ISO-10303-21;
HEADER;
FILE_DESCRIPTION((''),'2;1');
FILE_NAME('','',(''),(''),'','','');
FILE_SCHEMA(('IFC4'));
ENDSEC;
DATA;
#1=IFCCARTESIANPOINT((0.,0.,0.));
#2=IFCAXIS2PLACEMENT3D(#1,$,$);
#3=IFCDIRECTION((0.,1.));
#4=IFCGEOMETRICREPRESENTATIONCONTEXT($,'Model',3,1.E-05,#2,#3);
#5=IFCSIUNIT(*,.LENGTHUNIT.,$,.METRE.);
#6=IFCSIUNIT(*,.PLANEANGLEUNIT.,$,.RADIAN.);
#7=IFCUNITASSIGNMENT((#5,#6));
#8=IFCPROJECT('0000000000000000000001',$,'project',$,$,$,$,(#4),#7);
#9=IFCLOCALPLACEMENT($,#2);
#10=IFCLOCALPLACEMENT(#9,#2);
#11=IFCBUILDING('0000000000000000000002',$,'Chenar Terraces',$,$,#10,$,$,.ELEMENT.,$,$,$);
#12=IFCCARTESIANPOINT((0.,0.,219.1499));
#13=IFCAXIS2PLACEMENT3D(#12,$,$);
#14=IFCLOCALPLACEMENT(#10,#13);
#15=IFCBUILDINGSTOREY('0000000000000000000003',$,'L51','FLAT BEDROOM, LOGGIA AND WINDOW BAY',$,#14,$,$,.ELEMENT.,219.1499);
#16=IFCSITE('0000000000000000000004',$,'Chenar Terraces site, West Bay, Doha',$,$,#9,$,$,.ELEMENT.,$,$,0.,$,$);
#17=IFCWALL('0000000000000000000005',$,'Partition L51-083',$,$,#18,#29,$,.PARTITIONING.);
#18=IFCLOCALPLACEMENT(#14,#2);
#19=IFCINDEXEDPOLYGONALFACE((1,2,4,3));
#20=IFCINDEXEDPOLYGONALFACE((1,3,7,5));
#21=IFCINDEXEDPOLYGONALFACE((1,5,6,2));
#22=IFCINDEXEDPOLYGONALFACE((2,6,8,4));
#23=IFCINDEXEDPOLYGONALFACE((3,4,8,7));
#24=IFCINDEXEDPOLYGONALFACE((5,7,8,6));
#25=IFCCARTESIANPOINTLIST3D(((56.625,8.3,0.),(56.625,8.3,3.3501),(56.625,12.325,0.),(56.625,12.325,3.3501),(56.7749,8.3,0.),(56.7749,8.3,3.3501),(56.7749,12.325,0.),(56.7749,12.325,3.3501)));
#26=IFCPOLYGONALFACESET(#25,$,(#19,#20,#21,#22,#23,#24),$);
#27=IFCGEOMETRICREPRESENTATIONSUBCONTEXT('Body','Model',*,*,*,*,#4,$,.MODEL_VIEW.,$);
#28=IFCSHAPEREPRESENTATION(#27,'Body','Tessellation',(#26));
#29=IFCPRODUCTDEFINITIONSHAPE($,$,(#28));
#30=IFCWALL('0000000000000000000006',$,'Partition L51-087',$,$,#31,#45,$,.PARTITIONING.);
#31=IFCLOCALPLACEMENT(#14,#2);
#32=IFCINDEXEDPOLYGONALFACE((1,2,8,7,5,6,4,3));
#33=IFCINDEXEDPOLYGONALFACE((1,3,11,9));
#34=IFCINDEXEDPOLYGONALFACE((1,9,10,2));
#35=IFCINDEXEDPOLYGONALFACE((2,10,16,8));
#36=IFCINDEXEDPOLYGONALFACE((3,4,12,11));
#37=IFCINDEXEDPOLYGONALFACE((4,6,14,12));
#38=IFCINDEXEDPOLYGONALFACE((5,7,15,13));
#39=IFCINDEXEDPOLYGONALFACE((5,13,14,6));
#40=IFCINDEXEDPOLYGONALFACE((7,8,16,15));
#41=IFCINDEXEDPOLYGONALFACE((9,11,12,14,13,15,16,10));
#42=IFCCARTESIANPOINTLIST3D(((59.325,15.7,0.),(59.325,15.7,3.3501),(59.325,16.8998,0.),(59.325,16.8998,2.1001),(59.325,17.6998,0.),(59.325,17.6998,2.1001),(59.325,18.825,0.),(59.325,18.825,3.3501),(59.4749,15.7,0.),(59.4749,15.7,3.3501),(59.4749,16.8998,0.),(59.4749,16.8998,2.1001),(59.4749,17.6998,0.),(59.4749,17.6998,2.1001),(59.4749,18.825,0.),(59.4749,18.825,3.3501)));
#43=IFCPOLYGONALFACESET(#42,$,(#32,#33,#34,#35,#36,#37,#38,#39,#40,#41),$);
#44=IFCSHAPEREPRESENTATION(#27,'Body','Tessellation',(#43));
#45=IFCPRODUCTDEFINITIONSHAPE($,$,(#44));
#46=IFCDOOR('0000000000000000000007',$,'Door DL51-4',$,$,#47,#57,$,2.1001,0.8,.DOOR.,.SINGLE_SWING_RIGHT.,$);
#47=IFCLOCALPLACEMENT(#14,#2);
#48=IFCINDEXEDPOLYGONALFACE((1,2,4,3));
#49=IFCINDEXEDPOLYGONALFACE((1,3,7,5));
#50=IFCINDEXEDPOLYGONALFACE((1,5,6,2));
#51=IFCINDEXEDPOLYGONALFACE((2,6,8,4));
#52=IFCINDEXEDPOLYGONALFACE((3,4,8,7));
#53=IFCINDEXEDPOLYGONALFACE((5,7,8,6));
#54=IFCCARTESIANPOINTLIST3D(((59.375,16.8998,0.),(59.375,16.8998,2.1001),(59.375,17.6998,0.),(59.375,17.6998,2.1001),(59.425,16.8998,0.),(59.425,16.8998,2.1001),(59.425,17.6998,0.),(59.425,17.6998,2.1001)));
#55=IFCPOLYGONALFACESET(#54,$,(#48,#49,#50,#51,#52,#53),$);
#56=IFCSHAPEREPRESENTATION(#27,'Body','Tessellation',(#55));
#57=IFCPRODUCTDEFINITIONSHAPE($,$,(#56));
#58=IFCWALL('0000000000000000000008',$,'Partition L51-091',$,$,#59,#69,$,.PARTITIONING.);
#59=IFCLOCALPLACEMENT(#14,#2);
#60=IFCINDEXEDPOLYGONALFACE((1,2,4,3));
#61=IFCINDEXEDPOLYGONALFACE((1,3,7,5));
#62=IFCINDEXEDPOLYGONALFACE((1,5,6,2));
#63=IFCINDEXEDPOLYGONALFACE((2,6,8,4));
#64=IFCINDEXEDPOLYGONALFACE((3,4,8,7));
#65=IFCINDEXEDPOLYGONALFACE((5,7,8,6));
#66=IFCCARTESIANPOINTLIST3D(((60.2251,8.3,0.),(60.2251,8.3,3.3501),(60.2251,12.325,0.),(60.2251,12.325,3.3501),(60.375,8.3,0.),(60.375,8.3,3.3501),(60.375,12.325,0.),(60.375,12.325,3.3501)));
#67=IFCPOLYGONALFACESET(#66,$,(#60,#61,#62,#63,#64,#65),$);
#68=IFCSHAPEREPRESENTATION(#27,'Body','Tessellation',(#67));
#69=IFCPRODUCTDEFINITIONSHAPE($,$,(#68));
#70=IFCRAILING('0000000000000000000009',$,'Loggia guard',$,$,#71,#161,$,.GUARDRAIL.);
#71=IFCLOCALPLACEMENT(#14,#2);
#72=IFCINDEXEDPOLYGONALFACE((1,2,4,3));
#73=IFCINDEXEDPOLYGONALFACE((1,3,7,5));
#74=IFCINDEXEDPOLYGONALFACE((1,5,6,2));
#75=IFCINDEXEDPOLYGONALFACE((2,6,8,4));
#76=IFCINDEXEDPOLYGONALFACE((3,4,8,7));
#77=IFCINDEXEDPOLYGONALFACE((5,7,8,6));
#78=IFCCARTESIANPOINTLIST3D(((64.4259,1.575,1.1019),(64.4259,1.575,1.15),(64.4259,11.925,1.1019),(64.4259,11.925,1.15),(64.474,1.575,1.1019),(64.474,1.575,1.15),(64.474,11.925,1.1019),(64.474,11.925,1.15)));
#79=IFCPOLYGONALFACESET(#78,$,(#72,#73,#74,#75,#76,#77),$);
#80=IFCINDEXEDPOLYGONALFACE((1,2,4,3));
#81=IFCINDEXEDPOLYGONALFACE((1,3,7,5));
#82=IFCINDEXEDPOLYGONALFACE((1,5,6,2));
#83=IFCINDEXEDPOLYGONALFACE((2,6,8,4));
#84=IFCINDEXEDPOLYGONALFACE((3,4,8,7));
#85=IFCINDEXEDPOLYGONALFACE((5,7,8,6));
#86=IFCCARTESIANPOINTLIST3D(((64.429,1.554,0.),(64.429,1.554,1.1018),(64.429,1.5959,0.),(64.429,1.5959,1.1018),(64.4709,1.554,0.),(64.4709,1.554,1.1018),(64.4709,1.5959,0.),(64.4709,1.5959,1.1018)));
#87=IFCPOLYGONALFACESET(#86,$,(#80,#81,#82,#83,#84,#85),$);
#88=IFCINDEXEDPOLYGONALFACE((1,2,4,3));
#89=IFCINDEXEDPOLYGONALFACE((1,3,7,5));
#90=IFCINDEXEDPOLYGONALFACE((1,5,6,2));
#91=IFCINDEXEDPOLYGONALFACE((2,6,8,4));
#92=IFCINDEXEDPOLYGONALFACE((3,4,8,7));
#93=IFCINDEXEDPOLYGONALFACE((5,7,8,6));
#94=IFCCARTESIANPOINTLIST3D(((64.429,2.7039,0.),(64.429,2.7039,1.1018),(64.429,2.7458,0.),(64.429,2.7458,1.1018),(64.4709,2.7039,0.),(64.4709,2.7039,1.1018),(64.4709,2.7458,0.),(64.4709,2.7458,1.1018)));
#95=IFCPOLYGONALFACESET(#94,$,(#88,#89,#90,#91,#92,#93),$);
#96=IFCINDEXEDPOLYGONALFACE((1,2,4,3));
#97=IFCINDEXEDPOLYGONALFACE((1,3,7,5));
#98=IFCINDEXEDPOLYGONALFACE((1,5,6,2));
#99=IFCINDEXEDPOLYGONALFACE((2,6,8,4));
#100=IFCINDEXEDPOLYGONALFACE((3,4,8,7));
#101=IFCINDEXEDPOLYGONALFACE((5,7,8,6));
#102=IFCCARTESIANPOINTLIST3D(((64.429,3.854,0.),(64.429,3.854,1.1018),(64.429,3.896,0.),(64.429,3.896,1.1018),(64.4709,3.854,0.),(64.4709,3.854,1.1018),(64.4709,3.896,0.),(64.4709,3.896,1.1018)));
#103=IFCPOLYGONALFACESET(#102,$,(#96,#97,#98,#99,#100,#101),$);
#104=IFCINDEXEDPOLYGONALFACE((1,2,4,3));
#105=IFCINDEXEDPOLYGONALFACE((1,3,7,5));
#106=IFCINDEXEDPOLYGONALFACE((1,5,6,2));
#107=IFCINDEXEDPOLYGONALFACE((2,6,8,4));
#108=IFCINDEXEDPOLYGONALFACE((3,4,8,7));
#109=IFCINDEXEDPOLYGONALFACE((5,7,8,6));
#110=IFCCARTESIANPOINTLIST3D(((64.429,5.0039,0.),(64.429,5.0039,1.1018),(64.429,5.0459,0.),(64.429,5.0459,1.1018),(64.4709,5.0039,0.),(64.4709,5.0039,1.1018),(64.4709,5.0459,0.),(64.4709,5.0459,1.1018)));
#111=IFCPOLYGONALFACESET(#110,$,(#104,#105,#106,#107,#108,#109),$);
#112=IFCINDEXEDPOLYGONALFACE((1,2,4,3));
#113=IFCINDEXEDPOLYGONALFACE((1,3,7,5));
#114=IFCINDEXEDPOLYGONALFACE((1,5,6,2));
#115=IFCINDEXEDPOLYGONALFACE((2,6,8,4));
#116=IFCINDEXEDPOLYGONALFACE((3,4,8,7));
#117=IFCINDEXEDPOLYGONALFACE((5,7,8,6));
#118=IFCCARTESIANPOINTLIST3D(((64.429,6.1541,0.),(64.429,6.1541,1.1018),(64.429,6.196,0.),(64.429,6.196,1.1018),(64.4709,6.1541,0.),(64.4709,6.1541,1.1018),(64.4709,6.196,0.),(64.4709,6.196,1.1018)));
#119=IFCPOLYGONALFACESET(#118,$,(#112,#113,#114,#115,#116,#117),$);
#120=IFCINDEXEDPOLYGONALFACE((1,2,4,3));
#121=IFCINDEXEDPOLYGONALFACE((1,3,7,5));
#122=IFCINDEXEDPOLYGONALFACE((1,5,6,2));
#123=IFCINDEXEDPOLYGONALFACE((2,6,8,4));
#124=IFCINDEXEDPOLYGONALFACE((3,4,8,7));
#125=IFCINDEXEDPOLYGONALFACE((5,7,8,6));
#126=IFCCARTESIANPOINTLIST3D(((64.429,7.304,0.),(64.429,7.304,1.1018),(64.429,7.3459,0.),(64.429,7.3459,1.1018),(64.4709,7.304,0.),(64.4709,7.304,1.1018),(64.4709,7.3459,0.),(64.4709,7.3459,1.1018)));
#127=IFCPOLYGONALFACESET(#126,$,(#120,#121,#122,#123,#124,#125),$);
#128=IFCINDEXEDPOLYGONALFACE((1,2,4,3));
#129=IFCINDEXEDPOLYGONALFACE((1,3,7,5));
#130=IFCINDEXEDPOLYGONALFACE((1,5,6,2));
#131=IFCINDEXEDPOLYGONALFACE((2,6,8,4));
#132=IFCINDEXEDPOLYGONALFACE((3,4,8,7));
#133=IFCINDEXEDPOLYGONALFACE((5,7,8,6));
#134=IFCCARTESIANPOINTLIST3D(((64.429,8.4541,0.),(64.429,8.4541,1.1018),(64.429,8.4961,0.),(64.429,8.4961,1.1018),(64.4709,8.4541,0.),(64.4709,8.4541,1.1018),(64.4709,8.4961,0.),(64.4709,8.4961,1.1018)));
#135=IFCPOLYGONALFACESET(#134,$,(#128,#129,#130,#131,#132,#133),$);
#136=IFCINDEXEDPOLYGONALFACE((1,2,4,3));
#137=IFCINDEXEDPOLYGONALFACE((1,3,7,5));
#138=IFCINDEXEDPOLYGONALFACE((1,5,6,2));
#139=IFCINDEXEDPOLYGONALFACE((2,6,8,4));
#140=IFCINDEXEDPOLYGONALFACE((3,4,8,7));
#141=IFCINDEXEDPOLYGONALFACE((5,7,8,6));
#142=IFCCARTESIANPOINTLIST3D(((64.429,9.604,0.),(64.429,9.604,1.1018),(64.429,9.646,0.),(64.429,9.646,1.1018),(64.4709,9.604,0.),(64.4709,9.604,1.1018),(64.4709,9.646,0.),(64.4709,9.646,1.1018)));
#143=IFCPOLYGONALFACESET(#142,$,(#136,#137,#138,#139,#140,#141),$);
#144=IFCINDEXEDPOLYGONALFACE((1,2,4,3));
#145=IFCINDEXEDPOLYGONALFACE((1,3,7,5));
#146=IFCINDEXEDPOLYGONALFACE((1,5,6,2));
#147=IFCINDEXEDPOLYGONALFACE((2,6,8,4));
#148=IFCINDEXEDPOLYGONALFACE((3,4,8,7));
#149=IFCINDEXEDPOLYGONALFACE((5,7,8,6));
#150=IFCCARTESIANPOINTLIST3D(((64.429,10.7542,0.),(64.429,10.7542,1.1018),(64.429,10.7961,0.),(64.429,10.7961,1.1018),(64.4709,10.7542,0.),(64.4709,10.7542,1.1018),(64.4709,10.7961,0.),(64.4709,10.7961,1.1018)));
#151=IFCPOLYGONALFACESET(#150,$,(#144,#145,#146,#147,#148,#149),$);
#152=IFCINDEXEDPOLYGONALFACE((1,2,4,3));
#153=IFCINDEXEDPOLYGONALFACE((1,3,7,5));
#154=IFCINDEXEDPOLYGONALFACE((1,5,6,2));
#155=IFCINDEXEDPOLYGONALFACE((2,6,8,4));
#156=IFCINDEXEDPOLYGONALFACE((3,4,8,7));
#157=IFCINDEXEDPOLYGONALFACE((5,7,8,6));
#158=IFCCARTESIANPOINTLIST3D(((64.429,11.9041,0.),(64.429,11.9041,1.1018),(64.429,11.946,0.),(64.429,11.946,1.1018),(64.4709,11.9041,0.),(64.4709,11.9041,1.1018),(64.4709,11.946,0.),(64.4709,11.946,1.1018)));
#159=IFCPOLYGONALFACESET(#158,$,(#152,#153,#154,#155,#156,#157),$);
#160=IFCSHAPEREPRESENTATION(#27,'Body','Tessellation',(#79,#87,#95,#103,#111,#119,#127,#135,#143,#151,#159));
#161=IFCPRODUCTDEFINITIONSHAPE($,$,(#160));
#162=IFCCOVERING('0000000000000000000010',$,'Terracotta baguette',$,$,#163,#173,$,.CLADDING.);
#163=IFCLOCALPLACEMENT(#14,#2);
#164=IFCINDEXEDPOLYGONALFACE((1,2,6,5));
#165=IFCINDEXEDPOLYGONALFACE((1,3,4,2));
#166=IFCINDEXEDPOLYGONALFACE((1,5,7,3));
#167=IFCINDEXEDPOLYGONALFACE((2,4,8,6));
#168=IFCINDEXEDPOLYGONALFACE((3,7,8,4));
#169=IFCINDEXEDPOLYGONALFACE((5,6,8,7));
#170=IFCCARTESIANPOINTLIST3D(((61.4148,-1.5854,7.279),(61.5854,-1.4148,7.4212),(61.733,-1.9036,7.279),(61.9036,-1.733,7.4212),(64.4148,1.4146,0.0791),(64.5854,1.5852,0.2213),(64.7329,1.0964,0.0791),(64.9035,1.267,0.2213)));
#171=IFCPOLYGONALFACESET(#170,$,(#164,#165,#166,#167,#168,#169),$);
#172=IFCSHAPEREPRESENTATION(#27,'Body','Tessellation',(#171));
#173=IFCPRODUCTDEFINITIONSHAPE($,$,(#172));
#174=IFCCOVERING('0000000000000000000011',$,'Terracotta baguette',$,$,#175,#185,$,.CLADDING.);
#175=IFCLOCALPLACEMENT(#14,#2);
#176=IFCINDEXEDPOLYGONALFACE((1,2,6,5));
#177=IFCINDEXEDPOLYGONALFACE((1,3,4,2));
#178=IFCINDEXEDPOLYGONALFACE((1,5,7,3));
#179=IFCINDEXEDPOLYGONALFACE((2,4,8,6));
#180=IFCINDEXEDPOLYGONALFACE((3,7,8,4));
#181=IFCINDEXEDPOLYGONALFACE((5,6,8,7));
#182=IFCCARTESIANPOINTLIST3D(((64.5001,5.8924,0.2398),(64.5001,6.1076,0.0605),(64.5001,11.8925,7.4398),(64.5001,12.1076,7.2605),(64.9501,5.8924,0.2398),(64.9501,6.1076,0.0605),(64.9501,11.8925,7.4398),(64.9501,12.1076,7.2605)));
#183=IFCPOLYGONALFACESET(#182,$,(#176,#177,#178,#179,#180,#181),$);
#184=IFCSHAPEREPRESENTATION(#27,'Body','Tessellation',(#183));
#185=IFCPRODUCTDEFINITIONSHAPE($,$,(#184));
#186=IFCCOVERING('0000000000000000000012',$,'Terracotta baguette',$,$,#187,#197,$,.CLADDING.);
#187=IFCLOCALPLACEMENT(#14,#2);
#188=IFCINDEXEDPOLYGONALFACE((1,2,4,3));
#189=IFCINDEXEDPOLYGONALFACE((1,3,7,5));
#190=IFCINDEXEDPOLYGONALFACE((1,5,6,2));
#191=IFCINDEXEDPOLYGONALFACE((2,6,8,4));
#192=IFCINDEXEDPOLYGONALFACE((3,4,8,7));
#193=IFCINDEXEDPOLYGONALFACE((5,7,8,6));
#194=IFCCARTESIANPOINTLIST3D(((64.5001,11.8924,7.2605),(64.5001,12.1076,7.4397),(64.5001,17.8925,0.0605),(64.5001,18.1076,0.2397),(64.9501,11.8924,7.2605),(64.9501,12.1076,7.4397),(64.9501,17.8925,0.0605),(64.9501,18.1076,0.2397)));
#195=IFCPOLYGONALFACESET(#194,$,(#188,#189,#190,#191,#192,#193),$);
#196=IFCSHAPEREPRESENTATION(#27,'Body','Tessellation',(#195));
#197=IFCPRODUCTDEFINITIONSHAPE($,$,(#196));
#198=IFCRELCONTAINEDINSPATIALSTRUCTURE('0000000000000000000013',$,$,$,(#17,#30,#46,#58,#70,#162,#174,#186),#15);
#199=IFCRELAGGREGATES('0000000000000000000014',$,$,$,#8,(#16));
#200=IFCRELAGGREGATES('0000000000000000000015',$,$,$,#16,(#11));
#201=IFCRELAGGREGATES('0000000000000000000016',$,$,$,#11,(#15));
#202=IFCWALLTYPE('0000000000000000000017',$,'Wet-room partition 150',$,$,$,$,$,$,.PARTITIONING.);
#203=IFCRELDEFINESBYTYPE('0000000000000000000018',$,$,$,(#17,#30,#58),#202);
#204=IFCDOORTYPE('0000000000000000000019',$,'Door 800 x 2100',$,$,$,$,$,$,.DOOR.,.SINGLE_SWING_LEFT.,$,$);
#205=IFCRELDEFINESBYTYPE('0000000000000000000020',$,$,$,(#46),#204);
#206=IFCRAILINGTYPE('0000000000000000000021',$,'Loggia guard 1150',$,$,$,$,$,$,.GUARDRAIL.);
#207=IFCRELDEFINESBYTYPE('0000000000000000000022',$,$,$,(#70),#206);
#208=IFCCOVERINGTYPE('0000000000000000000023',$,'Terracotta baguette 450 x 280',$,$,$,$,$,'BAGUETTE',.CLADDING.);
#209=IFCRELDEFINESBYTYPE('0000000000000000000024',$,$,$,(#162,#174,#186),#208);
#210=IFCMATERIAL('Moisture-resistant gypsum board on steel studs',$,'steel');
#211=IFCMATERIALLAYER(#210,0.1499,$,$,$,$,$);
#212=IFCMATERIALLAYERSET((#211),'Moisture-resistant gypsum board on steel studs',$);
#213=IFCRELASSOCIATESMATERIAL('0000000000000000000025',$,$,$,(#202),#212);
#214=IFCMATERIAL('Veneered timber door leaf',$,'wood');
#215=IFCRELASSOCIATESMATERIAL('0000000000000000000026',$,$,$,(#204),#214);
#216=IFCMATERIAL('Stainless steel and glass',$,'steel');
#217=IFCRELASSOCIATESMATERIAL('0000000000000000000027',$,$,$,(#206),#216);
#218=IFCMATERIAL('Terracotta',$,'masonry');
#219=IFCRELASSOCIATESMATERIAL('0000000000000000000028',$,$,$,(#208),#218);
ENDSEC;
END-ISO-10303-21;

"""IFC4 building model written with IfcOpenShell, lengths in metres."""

from ifc_helpers import new_model, si_unit, direction, frame, frame_2d, origin, origin_2d, place, context, subcontext, project, spatial, rectangle, extrude, material, layer, layer_set, material_profile, profile_set, type_object, element, fill, save


model = new_model("IFC4")

# Units and contexts
model_context = context("Model", 3, precision=1e-05, world=origin(), true_north=direction((0.0, 1.0)))
body_context = subcontext(model_context, "Body", "Model", "MODEL_VIEW")
ifc_project = project(units=[si_unit("LENGTHUNIT", "METRE"), si_unit("PLANEANGLEUNIT", "RADIAN")], contexts=[model_context])

# Site, building, storey
site_placement = place(None, origin())
site = spatial("IfcSite", under=ifc_project, at=site_placement, Name="Chenar Terraces site, West Bay, Doha", CompositionType="ELEMENT", RefElevation=0.0)
building_placement = place(site_placement, origin())
building = spatial("IfcBuilding", under=site, at=building_placement, Name="Chenar Terraces", CompositionType="ELEMENT")
storey_placement = place(building_placement, frame((0.0, 0.0, 219.1499)))
storey = spatial("IfcBuildingStorey", under=building, at=storey_placement, Name="L51", Description="FLAT BEDROOM, LOGGIA AND WINDOW BAY", CompositionType="ELEMENT", Elevation=219.1499)

# Shared definitions
ifc_material_1 = material(Name="Moisture-resistant gypsum board on steel studs", Category="steel")
ifc_layer_1 = layer(ifc_material_1, 0.1499)
ifc_layer_set_1 = layer_set([ifc_layer_1], Name="Moisture-resistant gypsum board on steel studs")
wall_type_1 = type_object("IfcWallType", Name="Wet-room partition 150", PredefinedType="PARTITIONING", material=ifc_layer_set_1)

# Shared definitions
ifc_material_2 = material(Name="Veneered timber door leaf", Category="wood")
door_type_1 = type_object("IfcDoorType", Name="Door 800 x 2100", OperationType="SINGLE_SWING_LEFT", PredefinedType="DOOR", material=ifc_material_2)

# Wall
wall_1_placement = place(storey_placement, frame((56.7, 8.3, 0.0), z_axis=(0.0, 0.0, 1.0), x_axis=(0.0, 1.0, 0.0)))
element("IfcWall", 1, at=wall_1_placement, inside=storey, type_object=wall_type_1, Name="Partition L51-083", PredefinedType="PARTITIONING", context=body_context, shape_type="SweptSolid", body=[
    extrude(rectangle(XDim=4.0249, YDim=0.1499, at=frame_2d((2.0125, 0.0))), origin(), (0.0, 0.0, 1.0), 3.3501),
])

# Wall, opening, door
wall_2_placement = place(storey_placement, frame((59.3999, 15.7, 0.0), z_axis=(0.0, 0.0, 1.0), x_axis=(0.0, 1.0, 0.0)))
wall_2 = element("IfcWall", 2, at=wall_2_placement, inside=storey, type_object=wall_type_1, Name="Partition L51-087", PredefinedType="PARTITIONING", context=body_context, shape_type="SweptSolid", body=[
    extrude(rectangle(XDim=3.125, YDim=0.1499, at=frame_2d((1.5625, 0.0))), origin(), (0.0, 0.0, 1.0), 3.3501),
])
opening_1_placement = place(wall_2_placement, frame((1.2, 0.0, 0.0)))
opening_1 = element("IfcOpeningElement", 3, at=opening_1_placement, cuts=wall_2, PredefinedType="OPENING", context=body_context, shape_type="SweptSolid", body=[
    extrude(rectangle(XDim=0.8, YDim=2.1001, at=frame_2d((0.3999, 1.05))), frame((0.0, 0.085, 0.0), z_axis=(0.0, -1.0, 0.0), x_axis=(1.0, 0.0, 0.0)), (0.0, 0.0, 1.0), 0.1699),
])
door_1_placement = place(opening_1_placement, origin())
door_1 = element("IfcDoor", 4, at=door_1_placement, inside=storey, type_object=door_type_1, Name="Door DL51-4", OperationType="SINGLE_SWING_RIGHT", OverallHeight=2.1001, OverallWidth=0.8, PredefinedType="DOOR", context=body_context, shape_type="SweptSolid", body=[
    extrude(rectangle(XDim=0.8, YDim=2.1001, at=frame_2d((0.3999, 1.05))), frame((0.0, 0.0249, 0.0), z_axis=(0.0, -1.0, 0.0), x_axis=(1.0, 0.0, 0.0)), (0.0, 0.0, 1.0), 0.05),
])
fill(opening_1, door_1)

# Wall
wall_3_placement = place(storey_placement, frame((60.3, 8.3, 0.0), z_axis=(0.0, 0.0, 1.0), x_axis=(0.0, 1.0, 0.0)))
element("IfcWall", 5, at=wall_3_placement, inside=storey, type_object=wall_type_1, Name="Partition L51-091", PredefinedType="PARTITIONING", context=body_context, shape_type="SweptSolid", body=[
    extrude(rectangle(XDim=4.0249, YDim=0.1499, at=frame_2d((2.0125, 0.0))), origin(), (0.0, 0.0, 1.0), 3.3501),
])

# Railing
ifc_material_3 = material(Name="Stainless steel and glass", Category="steel")
railing_type = type_object("IfcRailingType", Name="Loggia guard 1150", PredefinedType="GUARDRAIL", material=ifc_material_3)
railing_placement = place(storey_placement, frame((64.45, 1.575, 0.0)))
element("IfcRailing", 6, at=railing_placement, inside=storey, type_object=railing_type, Name="Loggia guard", PredefinedType="GUARDRAIL", context=body_context, shape_type="SweptSolid", body=[
    extrude(rectangle(XDim=0.0481, YDim=0.0481, at=origin_2d()), frame((0.0, 0.0, 1.126), z_axis=(0.0, 1.0, 0.0), x_axis=(-1.0, 0.0, 0.0)), (0.0, 0.0, 1.0), 10.3501),
    extrude(rectangle(XDim=0.042, YDim=0.042, at=origin_2d()), origin(), (0.0, 0.0, 1.0), 1.1018),
    extrude(rectangle(XDim=0.042, YDim=0.042, at=origin_2d()), frame((0.0, 1.1499, 0.0)), (0.0, 0.0, 1.0), 1.1018),
    extrude(rectangle(XDim=0.042, YDim=0.042, at=origin_2d()), frame((0.0, 2.3, 0.0)), (0.0, 0.0, 1.0), 1.1018),
    extrude(rectangle(XDim=0.042, YDim=0.042, at=origin_2d()), frame((0.0, 3.45, 0.0)), (0.0, 0.0, 1.0), 1.1018),
    extrude(rectangle(XDim=0.042, YDim=0.042, at=origin_2d()), frame((0.0, 4.6001, 0.0)), (0.0, 0.0, 1.0), 1.1018),
    extrude(rectangle(XDim=0.042, YDim=0.042, at=origin_2d()), frame((0.0, 5.75, 0.0)), (0.0, 0.0, 1.0), 1.1018),
    extrude(rectangle(XDim=0.042, YDim=0.042, at=origin_2d()), frame((0.0, 6.9001, 0.0)), (0.0, 0.0, 1.0), 1.1018),
    extrude(rectangle(XDim=0.042, YDim=0.042, at=origin_2d()), frame((0.0, 8.05, 0.0)), (0.0, 0.0, 1.0), 1.1018),
    extrude(rectangle(XDim=0.042, YDim=0.042, at=origin_2d()), frame((0.0, 9.2002, 0.0)), (0.0, 0.0, 1.0), 1.1018),
    extrude(rectangle(XDim=0.042, YDim=0.042, at=origin_2d()), frame((0.0, 10.3501, 0.0)), (0.0, 0.0, 1.0), 1.1018),
])

# Coverings
ifc_material_4 = material(Name="Terracotta", Category="masonry")
ifc_material_profile_1 = material_profile(ifc_material_4, rectangle(XDim=0.45, YDim=0.28, at=origin_2d()), Name="Terracotta baguette 450 x 280")
ifc_profile_set_1 = profile_set([ifc_material_profile_1], Name="Terracotta")
covering_type = type_object("IfcCoveringType", Name="Terracotta baguette 450 x 280", ElementType="BAGUETTE", PredefinedType="CLADDING", material=ifc_profile_set_1)
covering_placement = place(storey_placement, frame((61.6592, -1.6592, 7.3501), z_axis=(0.358981, 0.358981, -0.861548), x_axis=(-0.707107, 0.707107, 0.0)))
element("IfcCovering", 7, at=covering_placement, inside=storey, type_object=covering_type, Name="Terracotta baguette", PredefinedType="CLADDING", context=body_context, shape_type="SweptSolid", body=[
    extrude(rectangle(XDim=0.45, YDim=0.28, at=origin_2d()), origin(), (0.0, 0.0, 1.0), 8.3569),
])
for number, where, z_axis, x_axis, name in (
    (8, (64.7251, 6.0, 0.1501), (0.0, 0.640187, 0.768219), (-1.0, 0.0, 0.0), "Terracotta baguette"),
    (9, (64.7251, 12.0, 7.3501), (0.0, 0.640187, -0.768219), (-1.0, 0.0, 0.0), "Terracotta baguette"),
):
    element("IfcCovering", number, at=place(storey_placement, frame(where, z_axis=z_axis, x_axis=x_axis)), inside=storey, type_object=covering_type, Name=name, PredefinedType="CLADDING", context=body_context, shape_type="SweptSolid", body=[
        extrude(rectangle(XDim=0.45, YDim=0.28, at=origin_2d()), origin(), (0.0, 0.0, 1.0), 9.3723),
    ])

save(model, "model.ifc")
